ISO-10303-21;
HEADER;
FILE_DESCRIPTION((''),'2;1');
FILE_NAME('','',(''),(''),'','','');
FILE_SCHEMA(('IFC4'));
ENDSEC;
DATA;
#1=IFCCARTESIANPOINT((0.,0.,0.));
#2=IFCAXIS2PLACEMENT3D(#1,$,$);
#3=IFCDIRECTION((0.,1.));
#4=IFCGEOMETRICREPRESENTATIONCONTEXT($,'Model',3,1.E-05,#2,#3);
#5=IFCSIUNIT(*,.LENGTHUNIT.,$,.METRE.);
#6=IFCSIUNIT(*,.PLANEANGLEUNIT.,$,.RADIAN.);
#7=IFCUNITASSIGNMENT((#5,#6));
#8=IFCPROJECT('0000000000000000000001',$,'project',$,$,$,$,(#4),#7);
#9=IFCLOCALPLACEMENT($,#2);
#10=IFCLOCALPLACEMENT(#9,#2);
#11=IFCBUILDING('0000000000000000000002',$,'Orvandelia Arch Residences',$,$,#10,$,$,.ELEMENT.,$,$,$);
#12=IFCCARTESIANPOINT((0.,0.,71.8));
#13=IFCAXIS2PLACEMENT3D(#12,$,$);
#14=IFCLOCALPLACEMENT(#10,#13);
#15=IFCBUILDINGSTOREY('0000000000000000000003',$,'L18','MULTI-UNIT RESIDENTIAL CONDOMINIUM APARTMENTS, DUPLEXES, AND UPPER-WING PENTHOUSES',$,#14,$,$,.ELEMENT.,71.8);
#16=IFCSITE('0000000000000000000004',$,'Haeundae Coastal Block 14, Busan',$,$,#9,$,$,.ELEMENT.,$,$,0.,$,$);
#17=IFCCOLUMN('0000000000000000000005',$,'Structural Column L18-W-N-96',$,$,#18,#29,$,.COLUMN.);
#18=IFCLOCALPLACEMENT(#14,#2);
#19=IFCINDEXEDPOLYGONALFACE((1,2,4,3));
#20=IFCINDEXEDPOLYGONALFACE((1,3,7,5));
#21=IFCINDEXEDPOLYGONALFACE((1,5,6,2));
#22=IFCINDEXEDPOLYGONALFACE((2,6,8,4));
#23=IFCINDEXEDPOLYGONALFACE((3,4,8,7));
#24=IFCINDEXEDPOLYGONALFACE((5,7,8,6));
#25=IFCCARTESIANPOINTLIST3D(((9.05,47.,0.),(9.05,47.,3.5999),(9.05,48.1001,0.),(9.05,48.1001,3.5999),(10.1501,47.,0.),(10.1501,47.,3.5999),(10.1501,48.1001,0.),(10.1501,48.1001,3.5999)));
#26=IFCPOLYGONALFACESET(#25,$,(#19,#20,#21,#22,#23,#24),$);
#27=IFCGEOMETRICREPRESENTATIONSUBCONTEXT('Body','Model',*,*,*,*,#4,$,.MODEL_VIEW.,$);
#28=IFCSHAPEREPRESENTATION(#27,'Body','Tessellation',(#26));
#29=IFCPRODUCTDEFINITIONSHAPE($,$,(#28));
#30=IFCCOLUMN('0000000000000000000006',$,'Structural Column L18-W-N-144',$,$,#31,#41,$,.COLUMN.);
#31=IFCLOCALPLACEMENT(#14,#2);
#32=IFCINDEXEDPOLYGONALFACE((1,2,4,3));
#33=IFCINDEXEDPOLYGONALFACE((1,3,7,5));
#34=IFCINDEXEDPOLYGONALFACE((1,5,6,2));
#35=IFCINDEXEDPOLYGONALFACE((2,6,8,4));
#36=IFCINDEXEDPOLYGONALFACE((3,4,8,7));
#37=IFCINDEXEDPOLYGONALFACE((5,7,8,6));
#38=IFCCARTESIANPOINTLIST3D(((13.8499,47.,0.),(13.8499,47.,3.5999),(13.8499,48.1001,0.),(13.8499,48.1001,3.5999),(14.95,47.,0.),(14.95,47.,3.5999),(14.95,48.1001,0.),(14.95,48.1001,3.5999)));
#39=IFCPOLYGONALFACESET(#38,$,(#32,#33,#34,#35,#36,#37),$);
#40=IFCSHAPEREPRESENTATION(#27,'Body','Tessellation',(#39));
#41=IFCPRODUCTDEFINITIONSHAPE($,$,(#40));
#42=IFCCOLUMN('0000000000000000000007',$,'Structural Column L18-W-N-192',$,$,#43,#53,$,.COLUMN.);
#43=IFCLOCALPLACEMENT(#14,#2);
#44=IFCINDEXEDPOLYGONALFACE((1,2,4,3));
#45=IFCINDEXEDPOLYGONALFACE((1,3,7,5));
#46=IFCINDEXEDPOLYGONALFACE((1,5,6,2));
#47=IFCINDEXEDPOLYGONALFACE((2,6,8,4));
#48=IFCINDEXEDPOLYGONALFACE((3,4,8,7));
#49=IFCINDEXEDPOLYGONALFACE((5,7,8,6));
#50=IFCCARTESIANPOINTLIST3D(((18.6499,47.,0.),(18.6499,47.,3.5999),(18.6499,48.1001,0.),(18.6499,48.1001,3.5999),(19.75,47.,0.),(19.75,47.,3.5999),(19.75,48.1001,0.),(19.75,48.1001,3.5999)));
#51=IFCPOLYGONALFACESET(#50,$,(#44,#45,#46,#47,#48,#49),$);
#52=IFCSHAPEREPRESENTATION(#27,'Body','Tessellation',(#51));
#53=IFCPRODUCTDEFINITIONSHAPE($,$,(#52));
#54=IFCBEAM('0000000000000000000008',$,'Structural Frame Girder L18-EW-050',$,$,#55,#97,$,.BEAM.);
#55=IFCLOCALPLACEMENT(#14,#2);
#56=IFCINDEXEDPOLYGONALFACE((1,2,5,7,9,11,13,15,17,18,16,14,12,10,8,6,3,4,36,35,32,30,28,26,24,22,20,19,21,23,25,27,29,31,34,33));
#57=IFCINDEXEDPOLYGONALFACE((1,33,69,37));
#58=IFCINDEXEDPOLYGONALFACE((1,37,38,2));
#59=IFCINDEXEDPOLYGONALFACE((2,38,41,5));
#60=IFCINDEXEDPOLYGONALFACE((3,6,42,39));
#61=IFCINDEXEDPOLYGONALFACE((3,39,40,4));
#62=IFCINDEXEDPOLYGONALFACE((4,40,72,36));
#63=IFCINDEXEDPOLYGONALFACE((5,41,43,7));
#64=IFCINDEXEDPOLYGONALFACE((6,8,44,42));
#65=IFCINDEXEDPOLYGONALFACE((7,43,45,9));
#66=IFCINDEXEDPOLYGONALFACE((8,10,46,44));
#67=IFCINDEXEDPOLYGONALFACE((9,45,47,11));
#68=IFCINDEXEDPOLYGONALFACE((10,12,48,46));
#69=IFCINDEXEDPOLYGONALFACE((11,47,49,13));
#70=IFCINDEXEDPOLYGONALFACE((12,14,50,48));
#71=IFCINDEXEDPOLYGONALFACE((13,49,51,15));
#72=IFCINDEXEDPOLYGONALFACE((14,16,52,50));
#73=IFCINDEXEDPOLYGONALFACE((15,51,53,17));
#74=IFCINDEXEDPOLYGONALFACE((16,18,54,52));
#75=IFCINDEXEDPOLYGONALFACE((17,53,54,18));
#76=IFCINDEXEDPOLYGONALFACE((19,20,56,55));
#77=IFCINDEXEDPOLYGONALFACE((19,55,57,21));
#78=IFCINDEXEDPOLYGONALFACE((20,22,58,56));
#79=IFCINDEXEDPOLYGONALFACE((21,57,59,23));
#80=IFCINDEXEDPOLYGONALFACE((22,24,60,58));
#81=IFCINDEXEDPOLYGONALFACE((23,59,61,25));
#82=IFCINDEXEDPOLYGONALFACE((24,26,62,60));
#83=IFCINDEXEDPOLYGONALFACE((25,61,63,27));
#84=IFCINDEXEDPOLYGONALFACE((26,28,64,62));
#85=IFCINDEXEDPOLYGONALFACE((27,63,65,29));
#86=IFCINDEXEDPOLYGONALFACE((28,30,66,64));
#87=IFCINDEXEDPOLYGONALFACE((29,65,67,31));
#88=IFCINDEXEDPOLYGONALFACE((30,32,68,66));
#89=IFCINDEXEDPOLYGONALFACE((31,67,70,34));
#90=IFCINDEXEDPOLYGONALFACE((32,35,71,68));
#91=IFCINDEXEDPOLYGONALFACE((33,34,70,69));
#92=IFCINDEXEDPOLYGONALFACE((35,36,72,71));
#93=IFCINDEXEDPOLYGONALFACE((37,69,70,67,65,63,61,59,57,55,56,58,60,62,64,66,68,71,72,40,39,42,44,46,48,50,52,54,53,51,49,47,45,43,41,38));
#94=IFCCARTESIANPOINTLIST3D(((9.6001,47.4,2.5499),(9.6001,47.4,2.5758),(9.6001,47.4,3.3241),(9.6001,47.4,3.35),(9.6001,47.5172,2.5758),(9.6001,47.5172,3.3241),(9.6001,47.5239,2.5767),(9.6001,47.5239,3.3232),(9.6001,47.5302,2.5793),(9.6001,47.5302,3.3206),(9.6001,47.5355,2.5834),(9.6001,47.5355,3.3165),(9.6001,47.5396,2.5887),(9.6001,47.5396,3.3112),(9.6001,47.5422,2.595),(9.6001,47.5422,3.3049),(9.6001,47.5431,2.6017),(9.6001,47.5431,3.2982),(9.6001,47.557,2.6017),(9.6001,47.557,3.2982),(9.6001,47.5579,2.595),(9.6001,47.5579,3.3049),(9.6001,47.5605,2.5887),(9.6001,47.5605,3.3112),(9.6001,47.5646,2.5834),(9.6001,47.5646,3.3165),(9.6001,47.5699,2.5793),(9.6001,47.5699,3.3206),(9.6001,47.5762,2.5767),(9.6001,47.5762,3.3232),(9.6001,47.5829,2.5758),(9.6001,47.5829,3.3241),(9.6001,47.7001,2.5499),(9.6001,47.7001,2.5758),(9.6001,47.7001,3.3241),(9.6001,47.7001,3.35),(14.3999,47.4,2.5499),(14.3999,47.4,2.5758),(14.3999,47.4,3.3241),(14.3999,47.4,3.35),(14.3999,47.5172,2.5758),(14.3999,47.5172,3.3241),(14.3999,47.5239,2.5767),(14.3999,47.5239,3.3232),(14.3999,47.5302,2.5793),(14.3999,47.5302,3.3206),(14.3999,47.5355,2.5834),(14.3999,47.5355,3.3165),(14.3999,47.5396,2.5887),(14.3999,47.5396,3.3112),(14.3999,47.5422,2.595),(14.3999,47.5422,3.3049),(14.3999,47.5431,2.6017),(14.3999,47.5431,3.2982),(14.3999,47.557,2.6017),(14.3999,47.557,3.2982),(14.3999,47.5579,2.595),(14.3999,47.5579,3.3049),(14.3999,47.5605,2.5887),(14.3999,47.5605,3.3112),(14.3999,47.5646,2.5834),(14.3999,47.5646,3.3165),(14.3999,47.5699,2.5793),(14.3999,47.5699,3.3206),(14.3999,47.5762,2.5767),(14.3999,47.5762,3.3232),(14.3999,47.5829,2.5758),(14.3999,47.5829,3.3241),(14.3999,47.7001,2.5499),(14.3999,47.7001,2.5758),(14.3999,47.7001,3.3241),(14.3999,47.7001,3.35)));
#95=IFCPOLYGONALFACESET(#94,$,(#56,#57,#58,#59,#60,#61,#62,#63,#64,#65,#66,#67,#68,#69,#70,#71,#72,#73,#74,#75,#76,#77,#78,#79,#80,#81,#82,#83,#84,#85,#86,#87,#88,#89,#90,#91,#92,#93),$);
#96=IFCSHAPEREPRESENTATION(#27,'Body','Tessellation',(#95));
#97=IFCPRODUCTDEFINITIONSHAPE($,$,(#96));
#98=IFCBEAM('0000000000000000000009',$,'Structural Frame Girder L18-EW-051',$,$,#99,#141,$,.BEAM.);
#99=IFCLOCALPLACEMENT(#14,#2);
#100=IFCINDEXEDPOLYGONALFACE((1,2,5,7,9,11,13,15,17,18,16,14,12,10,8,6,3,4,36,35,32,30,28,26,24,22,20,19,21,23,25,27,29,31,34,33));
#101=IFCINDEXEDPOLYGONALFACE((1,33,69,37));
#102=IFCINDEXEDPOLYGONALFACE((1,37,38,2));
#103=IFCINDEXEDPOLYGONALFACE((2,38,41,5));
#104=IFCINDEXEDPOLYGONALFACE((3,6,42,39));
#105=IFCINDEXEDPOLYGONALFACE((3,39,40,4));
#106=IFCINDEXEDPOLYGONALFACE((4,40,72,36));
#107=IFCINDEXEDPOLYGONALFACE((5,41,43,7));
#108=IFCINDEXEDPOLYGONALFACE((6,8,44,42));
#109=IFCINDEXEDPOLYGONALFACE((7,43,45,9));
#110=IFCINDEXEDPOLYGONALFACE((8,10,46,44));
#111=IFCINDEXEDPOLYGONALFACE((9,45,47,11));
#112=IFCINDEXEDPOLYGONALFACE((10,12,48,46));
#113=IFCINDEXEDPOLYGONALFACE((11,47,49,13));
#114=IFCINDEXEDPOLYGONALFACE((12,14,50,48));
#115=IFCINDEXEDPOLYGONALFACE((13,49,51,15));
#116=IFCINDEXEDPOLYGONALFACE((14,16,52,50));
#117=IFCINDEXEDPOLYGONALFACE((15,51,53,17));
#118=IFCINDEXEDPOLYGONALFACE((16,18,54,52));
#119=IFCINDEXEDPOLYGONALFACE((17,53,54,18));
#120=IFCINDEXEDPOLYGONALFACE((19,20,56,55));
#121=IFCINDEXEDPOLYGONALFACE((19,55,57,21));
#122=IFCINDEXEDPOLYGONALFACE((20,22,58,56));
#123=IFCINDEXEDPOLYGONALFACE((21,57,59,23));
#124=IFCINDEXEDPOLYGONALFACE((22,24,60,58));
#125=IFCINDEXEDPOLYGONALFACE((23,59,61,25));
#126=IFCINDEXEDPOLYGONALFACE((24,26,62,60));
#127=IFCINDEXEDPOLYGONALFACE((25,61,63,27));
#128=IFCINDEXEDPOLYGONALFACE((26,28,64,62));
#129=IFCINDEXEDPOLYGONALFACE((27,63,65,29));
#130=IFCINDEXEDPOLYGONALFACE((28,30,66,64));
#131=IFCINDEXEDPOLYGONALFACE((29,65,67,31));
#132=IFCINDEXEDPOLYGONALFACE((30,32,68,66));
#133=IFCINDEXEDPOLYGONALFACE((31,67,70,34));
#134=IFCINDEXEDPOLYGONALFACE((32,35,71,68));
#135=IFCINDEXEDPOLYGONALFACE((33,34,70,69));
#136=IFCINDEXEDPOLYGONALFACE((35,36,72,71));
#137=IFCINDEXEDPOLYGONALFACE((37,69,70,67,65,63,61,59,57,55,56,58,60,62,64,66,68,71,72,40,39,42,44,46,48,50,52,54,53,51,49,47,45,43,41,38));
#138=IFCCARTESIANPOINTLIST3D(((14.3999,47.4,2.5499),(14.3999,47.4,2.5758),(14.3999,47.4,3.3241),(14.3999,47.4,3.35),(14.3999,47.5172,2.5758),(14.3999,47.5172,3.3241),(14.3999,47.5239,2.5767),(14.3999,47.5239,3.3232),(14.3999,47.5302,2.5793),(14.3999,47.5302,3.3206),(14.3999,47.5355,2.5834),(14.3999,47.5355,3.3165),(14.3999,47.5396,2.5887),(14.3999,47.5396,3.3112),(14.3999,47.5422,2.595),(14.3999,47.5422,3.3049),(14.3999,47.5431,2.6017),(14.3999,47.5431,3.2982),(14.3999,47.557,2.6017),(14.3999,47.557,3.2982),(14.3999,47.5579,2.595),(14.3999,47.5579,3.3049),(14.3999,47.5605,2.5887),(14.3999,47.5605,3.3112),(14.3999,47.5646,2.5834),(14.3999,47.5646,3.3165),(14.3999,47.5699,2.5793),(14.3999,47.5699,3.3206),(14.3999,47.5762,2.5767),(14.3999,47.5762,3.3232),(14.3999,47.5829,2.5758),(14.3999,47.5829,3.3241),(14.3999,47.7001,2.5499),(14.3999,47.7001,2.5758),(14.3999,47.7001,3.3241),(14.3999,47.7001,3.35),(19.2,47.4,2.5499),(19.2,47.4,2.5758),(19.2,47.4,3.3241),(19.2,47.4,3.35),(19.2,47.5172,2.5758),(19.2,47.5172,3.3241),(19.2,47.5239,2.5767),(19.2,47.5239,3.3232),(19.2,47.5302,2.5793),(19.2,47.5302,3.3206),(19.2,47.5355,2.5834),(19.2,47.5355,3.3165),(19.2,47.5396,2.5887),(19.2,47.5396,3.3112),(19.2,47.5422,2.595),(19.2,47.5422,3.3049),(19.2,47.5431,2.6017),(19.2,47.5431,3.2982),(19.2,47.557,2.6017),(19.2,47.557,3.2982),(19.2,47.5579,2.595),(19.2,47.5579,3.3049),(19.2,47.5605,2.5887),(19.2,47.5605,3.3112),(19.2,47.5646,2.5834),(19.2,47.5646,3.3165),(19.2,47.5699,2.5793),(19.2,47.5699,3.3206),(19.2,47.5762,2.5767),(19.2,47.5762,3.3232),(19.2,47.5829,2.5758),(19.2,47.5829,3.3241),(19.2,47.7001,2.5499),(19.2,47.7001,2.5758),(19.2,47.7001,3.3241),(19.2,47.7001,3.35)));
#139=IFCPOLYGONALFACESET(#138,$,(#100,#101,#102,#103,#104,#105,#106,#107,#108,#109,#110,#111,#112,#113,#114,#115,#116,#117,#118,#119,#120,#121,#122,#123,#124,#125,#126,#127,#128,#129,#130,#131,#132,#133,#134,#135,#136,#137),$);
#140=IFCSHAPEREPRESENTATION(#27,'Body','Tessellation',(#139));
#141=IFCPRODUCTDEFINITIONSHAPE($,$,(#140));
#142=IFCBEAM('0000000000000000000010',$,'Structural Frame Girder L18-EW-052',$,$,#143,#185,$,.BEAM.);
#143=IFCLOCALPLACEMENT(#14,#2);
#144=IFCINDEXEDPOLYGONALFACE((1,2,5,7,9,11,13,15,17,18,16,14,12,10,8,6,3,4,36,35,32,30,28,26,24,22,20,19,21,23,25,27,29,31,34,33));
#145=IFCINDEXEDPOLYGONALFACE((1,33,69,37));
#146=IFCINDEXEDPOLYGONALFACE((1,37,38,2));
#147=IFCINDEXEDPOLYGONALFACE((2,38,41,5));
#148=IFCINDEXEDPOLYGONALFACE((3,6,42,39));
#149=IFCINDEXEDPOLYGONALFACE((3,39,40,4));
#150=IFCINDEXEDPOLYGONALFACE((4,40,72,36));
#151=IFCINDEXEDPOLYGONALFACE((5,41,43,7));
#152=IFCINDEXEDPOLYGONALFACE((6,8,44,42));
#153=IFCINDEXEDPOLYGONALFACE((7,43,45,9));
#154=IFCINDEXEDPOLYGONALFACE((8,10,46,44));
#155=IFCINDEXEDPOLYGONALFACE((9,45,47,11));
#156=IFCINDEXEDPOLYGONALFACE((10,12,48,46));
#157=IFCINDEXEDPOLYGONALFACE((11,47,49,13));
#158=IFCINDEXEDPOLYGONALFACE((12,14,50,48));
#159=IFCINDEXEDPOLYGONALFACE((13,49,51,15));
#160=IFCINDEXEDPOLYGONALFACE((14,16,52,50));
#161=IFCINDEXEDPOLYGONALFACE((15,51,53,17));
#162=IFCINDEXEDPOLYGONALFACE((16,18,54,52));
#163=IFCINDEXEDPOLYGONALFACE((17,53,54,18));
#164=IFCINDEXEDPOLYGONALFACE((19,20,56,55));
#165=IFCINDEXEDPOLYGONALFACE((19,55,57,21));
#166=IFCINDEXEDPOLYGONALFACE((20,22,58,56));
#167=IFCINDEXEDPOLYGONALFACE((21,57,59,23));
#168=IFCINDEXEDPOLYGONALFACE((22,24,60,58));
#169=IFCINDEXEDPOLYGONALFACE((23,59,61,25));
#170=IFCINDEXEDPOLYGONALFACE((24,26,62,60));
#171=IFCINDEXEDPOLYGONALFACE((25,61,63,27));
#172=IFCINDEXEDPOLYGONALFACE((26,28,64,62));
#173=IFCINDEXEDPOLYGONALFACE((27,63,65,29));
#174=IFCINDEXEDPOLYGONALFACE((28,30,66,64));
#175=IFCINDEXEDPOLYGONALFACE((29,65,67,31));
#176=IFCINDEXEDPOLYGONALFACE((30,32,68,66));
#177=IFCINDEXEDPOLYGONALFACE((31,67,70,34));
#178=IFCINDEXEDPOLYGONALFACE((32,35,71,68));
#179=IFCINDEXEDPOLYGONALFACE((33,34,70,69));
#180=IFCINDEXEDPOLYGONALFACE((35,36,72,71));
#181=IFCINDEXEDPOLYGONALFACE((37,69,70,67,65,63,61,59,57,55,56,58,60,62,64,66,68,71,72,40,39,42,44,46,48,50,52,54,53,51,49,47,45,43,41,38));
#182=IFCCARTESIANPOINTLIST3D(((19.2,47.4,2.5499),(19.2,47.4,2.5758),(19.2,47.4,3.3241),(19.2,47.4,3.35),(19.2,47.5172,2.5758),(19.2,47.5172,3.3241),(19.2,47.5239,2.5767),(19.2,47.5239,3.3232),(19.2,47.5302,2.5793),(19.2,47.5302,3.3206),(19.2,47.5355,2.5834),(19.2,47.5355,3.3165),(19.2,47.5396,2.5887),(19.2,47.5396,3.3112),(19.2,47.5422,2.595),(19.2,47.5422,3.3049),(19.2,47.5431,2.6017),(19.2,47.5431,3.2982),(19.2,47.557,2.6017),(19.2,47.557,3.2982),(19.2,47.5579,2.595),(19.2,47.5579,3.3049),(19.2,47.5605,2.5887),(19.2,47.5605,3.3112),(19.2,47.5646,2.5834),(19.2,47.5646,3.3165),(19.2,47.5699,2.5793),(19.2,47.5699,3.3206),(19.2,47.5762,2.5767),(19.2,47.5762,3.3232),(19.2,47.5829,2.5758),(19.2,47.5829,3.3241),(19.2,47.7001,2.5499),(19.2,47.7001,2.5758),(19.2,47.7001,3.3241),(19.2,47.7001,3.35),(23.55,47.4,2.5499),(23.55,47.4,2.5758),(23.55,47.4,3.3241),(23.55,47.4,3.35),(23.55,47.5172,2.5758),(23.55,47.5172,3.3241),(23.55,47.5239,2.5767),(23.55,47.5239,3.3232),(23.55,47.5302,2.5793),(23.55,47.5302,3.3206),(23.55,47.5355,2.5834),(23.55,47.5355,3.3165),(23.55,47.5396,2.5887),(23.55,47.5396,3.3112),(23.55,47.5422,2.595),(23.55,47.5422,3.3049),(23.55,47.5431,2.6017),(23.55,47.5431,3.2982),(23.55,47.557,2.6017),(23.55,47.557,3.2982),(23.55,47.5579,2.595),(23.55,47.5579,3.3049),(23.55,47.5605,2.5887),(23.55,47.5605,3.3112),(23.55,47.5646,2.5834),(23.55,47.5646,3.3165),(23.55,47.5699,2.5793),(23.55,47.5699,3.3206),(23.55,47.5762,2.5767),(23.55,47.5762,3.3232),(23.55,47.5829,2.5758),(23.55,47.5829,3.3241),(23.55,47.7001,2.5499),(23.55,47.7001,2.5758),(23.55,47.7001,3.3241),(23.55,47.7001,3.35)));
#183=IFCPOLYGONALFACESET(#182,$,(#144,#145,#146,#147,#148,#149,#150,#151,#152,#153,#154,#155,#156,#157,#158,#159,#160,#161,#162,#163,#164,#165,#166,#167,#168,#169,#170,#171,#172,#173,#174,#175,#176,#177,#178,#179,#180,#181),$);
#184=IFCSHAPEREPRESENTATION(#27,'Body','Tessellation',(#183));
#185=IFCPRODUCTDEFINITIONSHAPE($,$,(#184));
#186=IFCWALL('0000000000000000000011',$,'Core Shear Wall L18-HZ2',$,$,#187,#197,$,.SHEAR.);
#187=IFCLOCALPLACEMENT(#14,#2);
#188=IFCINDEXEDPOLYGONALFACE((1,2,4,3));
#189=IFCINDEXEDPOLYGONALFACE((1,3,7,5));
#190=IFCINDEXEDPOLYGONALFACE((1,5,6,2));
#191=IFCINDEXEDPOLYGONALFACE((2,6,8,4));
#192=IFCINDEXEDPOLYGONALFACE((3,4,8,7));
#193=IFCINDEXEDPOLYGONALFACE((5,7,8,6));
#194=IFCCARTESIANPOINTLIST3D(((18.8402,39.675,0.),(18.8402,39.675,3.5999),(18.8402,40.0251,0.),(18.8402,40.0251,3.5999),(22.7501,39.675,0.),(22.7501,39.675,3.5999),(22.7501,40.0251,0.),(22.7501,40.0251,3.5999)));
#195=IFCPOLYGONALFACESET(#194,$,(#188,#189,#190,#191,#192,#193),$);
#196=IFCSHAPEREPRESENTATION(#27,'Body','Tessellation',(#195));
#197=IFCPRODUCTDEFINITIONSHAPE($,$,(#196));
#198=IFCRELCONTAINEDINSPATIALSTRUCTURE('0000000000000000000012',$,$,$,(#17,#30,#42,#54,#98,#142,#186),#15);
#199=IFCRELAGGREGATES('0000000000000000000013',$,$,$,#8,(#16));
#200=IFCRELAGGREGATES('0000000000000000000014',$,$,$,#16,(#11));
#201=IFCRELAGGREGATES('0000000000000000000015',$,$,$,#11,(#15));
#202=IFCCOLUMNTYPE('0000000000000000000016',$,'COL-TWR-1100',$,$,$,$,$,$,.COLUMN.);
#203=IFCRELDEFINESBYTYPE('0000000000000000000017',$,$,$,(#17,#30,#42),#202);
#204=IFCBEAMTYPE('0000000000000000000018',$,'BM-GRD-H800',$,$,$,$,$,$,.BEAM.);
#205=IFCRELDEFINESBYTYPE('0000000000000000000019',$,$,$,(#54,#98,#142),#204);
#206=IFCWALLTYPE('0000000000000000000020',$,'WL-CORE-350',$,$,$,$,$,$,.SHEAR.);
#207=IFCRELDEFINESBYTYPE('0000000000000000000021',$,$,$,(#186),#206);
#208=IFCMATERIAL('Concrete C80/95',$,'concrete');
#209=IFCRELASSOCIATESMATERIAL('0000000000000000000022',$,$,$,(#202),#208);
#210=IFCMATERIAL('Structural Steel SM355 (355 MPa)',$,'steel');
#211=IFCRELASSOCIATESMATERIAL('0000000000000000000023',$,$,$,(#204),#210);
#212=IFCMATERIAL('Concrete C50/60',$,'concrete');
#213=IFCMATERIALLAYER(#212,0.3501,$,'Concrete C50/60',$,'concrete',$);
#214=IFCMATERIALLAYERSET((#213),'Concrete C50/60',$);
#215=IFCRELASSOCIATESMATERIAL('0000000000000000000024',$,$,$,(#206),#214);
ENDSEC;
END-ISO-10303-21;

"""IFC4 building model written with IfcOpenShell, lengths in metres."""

from ifc_helpers import new_model, si_unit, direction, frame, frame_2d, origin, origin_2d, place, context, subcontext, project, spatial, rectangle, i_section, extrude, material, layer, layer_set, material_profile, profile_set, type_object, element, save


model = new_model("IFC4")

# Units and contexts
model_context = context("Model", 3, precision=1e-05, world=origin(), true_north=direction((0.0, 1.0)))
body_context = subcontext(model_context, "Body", "Model", "MODEL_VIEW")
ifc_project = project(units=[si_unit("LENGTHUNIT", "METRE"), si_unit("PLANEANGLEUNIT", "RADIAN")], contexts=[model_context])

# Site, building, storey
site_placement = place(None, origin())
site = spatial("IfcSite", under=ifc_project, at=site_placement, Name="Haeundae Coastal Block 14, Busan", CompositionType="ELEMENT", RefElevation=0.0)
building_placement = place(site_placement, origin())
building = spatial("IfcBuilding", under=site, at=building_placement, Name="Orvandelia Arch Residences", CompositionType="ELEMENT")
storey_placement = place(building_placement, frame((0.0, 0.0, 71.8)))
storey = spatial("IfcBuildingStorey", under=building, at=storey_placement, Name="L18", Description="MULTI-UNIT RESIDENTIAL CONDOMINIUM APARTMENTS, DUPLEXES, AND UPPER-WING PENTHOUSES", CompositionType="ELEMENT", Elevation=71.8)

# Columns
ifc_material_1 = material(Name="Concrete C80/95", Category="concrete")
ifc_material_profile_1 = material_profile(ifc_material_1, rectangle(XDim=1.1001, YDim=1.1001, at=origin_2d()), Name="Concrete C80/95", Category="concrete")
ifc_profile_set_1 = profile_set([ifc_material_profile_1], Name="Concrete C80/95")
column_type = type_object("IfcColumnType", Name="COL-TWR-1100", PredefinedType="COLUMN", material=ifc_profile_set_1)
for number, where, z_axis, x_axis, name in (
    (1, (9.6001, 47.55, 0.0), (0.0, 0.0, 1.0), (1.0, 0.0, 0.0), "Structural Column L18-W-N-96"),
    (2, (14.3999, 47.55, 0.0), (0.0, 0.0, 1.0), (1.0, 0.0, 0.0), "Structural Column L18-W-N-144"),
    (3, (19.2, 47.55, 0.0), (0.0, 0.0, 1.0), (1.0, 0.0, 0.0), "Structural Column L18-W-N-192"),
):
    element("IfcColumn", number, at=place(storey_placement, frame(where, z_axis=z_axis, x_axis=x_axis)), inside=storey, type_object=column_type, Name=name, PredefinedType="COLUMN", context=body_context, shape_type="SweptSolid", body=[
        extrude(rectangle(XDim=1.1001, YDim=1.1001, at=origin_2d()), origin(), (0.0, 0.0, 1.0), 3.5999),
    ])

# Beams
ifc_material_2 = material(Name="Structural Steel SM355 (355 MPa)", Category="steel")
ifc_material_profile_2 = material_profile(ifc_material_2, i_section(OverallWidth=0.3, OverallDepth=0.8, WebThickness=0.0139, FlangeThickness=0.0259, FilletRadius=0.0259, at=origin_2d()), Name="Structural Steel SM355 (355 MPa)", Category="steel")
ifc_profile_set_2 = profile_set([ifc_material_profile_2], Name="Structural Steel SM355 (355 MPa)")
beam_type = type_object("IfcBeamType", Name="BM-GRD-H800", PredefinedType="BEAM", material=ifc_profile_set_2)
beam_1_placement = place(storey_placement, frame((9.6001, 47.55, 2.95), z_axis=(1.0, 0.0, 0.0), x_axis=(0.0, 1.0, 0.0)))
element("IfcBeam", 4, at=beam_1_placement, inside=storey, type_object=beam_type, Name="Structural Frame Girder L18-EW-050", PredefinedType="BEAM", context=body_context, shape_type="SweptSolid", body=[
    extrude(i_section(OverallWidth=0.3, OverallDepth=0.8, WebThickness=0.0139, FlangeThickness=0.0259, FilletRadius=0.0259, at=origin_2d()), origin(), (0.0, 0.0, 1.0), 4.7998),
])
beam_2_placement = place(storey_placement, frame((14.3999, 47.55, 2.95), z_axis=(1.0, 0.0, 0.0), x_axis=(0.0, 1.0, 0.0)))
element("IfcBeam", 5, at=beam_2_placement, inside=storey, type_object=beam_type, Name="Structural Frame Girder L18-EW-051", PredefinedType="BEAM", context=body_context, shape_type="SweptSolid", body=[
    extrude(i_section(OverallWidth=0.3, OverallDepth=0.8, WebThickness=0.0139, FlangeThickness=0.0259, FilletRadius=0.0259, at=origin_2d()), origin(), (0.0, 0.0, 1.0), 4.8),
])
beam_3_placement = place(storey_placement, frame((19.2, 47.55, 2.95), z_axis=(1.0, 0.0, 0.0), x_axis=(0.0, 1.0, 0.0)))
element("IfcBeam", 6, at=beam_3_placement, inside=storey, type_object=beam_type, Name="Structural Frame Girder L18-EW-052", PredefinedType="BEAM", context=body_context, shape_type="SweptSolid", body=[
    extrude(i_section(OverallWidth=0.3, OverallDepth=0.8, WebThickness=0.0139, FlangeThickness=0.0259, FilletRadius=0.0259, at=origin_2d()), origin(), (0.0, 0.0, 1.0), 4.3501),
])

# Wall
ifc_material_3 = material(Name="Concrete C50/60", Category="concrete")
ifc_layer_1 = layer(ifc_material_3, 0.3501, Name="Concrete C50/60", Category="concrete")
ifc_layer_set_1 = layer_set([ifc_layer_1], Name="Concrete C50/60")
wall_type_1 = type_object("IfcWallType", Name="WL-CORE-350", PredefinedType="SHEAR", material=ifc_layer_set_1)
wall_1_placement = place(storey_placement, frame((18.8401, 39.8501, 0.0), z_axis=(0.0, 0.0, 1.0), x_axis=(1.0, 0.0, 0.0)))
element("IfcWall", 7, at=wall_1_placement, inside=storey, type_object=wall_type_1, Name="Core Shear Wall L18-HZ2", PredefinedType="SHEAR", context=body_context, shape_type="SweptSolid", body=[
    extrude(rectangle(XDim=3.9099, YDim=0.3501, at=frame_2d((1.9551, 0.0))), origin(), (0.0, 0.0, 1.0), 3.5999),
])

save(model, "model.ifc")
